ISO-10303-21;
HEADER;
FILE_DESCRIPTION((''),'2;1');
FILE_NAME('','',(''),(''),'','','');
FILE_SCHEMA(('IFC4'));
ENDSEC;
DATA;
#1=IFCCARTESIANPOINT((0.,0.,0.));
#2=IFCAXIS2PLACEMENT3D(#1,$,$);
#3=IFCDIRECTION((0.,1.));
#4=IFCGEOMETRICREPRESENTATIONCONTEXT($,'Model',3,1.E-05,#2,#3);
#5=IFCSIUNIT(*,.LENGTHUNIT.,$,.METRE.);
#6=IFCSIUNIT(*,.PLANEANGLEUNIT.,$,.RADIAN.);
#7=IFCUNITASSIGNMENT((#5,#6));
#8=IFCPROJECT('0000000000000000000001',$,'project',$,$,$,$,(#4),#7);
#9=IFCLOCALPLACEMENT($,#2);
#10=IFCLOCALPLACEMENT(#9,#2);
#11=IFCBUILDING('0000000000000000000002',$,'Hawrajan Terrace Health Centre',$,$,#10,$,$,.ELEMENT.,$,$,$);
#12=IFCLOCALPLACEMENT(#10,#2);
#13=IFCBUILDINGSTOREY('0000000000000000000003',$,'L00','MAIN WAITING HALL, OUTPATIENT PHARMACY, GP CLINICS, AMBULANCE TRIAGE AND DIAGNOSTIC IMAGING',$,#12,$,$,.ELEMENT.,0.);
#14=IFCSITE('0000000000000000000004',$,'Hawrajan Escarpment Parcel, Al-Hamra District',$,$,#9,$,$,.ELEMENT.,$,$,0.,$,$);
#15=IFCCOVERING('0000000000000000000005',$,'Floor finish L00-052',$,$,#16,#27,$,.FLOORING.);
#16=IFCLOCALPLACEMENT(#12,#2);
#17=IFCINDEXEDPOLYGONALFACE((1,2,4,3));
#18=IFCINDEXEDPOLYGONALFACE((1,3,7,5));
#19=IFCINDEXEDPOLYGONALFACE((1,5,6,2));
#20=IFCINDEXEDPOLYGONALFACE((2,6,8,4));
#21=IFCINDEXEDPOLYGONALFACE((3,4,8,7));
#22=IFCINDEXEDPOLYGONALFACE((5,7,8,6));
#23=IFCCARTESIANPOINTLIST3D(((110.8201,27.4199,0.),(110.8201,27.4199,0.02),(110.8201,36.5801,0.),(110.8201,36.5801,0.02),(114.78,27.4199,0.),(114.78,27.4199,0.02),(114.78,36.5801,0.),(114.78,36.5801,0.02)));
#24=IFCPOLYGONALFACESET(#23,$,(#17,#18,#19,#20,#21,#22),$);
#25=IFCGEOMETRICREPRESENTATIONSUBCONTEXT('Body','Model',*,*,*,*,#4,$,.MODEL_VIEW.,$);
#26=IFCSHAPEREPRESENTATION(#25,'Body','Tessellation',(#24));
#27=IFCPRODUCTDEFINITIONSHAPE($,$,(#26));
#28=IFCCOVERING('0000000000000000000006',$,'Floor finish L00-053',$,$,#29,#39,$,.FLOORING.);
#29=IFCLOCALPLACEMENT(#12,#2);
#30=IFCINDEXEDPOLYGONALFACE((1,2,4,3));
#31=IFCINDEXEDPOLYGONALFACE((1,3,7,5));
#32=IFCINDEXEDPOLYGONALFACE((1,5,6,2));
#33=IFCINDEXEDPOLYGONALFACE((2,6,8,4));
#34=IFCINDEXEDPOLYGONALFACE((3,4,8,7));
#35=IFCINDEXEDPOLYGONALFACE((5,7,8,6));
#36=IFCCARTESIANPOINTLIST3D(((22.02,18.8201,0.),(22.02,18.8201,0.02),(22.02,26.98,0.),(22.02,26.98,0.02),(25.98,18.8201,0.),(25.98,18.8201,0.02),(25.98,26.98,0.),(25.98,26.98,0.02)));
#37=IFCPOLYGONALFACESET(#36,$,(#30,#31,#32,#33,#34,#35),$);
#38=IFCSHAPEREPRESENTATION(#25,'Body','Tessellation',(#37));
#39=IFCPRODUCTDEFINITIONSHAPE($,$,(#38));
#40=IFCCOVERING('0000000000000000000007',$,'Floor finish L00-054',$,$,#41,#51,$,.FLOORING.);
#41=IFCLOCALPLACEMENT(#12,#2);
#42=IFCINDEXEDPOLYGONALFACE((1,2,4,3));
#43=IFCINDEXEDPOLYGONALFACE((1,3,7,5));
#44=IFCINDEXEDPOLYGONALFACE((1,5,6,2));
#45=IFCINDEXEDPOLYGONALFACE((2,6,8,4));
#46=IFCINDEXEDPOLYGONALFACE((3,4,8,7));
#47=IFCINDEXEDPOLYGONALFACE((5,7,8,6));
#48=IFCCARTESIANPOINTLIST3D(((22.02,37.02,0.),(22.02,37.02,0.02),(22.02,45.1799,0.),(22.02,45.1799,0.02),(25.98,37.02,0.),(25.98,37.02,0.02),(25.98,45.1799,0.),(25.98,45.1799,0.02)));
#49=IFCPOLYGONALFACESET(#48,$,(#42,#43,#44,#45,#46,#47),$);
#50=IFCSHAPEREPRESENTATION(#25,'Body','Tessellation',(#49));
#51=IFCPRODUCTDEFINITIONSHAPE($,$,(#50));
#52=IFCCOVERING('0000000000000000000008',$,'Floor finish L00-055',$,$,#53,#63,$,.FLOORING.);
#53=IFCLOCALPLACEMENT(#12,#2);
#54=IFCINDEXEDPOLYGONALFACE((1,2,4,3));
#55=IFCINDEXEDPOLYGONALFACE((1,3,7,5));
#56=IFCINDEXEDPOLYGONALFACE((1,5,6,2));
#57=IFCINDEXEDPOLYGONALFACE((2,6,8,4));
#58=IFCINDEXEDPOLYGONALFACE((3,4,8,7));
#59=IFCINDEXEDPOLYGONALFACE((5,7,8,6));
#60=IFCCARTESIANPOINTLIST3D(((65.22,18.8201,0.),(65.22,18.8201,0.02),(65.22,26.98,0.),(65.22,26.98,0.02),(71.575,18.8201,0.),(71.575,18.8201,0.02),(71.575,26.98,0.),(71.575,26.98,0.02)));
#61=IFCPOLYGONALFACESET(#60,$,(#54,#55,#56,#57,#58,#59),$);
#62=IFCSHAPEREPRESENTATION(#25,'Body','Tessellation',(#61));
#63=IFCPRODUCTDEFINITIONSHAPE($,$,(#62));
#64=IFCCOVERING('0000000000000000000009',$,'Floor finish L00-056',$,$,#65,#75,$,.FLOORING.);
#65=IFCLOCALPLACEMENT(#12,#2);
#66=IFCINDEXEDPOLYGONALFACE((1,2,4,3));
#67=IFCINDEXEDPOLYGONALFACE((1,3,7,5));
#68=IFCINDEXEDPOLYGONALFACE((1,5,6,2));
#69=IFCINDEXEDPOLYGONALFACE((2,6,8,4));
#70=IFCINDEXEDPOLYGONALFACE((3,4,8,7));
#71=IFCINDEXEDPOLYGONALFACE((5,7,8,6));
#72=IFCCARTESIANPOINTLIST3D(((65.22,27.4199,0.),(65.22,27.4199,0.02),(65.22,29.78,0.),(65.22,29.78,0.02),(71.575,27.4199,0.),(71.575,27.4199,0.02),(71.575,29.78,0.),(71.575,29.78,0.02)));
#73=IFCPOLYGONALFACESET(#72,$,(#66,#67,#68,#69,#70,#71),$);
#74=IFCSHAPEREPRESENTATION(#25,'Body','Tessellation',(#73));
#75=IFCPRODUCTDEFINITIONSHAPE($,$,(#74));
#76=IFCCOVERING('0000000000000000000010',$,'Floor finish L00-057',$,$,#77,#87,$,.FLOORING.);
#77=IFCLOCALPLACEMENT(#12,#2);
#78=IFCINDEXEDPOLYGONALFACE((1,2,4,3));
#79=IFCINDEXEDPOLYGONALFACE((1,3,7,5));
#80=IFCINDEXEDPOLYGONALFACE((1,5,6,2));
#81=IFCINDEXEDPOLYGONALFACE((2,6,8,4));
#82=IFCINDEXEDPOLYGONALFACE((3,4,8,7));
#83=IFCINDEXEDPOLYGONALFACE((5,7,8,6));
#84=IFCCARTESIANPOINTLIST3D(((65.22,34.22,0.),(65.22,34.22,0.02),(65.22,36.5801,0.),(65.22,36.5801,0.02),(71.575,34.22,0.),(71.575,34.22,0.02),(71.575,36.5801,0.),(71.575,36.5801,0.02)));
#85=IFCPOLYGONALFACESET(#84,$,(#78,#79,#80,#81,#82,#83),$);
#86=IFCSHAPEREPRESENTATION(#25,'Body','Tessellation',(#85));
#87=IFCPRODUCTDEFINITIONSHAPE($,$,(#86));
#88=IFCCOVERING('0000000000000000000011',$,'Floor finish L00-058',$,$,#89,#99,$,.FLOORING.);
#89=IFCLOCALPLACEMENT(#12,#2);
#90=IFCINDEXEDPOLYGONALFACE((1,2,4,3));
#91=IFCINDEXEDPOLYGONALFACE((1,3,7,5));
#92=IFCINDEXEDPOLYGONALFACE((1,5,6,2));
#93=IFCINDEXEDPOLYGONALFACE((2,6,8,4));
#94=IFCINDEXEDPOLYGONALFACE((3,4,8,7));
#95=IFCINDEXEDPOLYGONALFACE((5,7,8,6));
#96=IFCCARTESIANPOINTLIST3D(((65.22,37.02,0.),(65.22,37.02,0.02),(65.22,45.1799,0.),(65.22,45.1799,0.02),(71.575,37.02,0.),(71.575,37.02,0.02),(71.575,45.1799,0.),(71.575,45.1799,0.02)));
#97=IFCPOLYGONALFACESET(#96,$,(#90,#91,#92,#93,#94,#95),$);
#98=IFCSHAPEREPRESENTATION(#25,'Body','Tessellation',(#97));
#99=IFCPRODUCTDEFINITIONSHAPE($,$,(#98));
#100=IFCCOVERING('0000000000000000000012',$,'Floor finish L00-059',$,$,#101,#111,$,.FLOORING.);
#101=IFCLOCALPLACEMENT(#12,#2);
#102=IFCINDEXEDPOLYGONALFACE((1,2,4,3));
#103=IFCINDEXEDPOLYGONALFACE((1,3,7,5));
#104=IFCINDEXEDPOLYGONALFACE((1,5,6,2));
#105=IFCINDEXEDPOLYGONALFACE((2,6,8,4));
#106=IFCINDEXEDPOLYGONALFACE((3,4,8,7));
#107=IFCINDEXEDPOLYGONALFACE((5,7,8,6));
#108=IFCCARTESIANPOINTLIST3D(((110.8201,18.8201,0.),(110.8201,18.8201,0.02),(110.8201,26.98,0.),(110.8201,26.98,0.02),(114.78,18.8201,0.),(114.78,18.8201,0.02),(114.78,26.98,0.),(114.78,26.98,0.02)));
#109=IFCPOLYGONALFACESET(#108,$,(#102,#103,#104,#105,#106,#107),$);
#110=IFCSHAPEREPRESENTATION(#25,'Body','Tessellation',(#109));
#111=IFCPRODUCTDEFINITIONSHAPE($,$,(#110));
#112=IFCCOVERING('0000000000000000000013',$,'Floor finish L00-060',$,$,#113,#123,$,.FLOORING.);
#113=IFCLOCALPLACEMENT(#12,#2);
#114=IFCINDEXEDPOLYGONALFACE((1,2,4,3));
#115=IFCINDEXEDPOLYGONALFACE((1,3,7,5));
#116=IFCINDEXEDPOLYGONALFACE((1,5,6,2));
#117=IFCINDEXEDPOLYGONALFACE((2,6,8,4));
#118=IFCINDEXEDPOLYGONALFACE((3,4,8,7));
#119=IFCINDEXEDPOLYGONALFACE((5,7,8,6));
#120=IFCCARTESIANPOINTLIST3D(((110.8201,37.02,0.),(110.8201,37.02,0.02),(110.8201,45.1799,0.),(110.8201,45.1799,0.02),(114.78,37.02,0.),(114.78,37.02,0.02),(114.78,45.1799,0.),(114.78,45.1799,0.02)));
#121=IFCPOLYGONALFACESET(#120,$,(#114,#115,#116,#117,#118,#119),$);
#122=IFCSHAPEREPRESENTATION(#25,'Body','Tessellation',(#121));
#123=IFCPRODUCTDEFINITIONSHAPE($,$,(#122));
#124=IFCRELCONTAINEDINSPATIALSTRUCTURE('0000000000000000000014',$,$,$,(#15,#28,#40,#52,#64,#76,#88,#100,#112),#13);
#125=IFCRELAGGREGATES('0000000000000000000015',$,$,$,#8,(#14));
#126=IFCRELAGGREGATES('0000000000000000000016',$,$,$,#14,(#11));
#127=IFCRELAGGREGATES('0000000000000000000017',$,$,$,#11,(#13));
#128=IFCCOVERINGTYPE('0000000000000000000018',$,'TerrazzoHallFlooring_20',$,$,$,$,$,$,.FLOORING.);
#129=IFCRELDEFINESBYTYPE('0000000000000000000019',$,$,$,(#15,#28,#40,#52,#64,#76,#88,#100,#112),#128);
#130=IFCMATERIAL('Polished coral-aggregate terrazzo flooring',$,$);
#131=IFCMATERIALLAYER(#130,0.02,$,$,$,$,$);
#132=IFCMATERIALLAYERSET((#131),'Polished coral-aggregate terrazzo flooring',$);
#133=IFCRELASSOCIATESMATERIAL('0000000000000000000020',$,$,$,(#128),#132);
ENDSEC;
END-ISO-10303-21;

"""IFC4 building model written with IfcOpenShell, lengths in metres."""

from ifc_helpers import new_model, si_unit, direction, origin, place, context, subcontext, project, spatial, polyline, outline, extrude, material, layer, layer_set, type_object, element, save


model = new_model("IFC4")

# Units and contexts
model_context = context("Model", 3, precision=1e-05, world=origin(), true_north=direction((0.0, 1.0)))
body_context = subcontext(model_context, "Body", "Model", "MODEL_VIEW")
ifc_project = project(units=[si_unit("LENGTHUNIT", "METRE"), si_unit("PLANEANGLEUNIT", "RADIAN")], contexts=[model_context])

# Site, building, storey
site_placement = place(None, origin())
site = spatial("IfcSite", under=ifc_project, at=site_placement, Name="Hawrajan Escarpment Parcel, Al-Hamra District", CompositionType="ELEMENT", RefElevation=0.0)
building_placement = place(site_placement, origin())
building = spatial("IfcBuilding", under=site, at=building_placement, Name="Hawrajan Terrace Health Centre", CompositionType="ELEMENT")
storey_placement = place(building_placement, origin())
storey = spatial("IfcBuildingStorey", under=building, at=storey_placement, Name="L00", Description="MAIN WAITING HALL, OUTPATIENT PHARMACY, GP CLINICS, AMBULANCE TRIAGE AND DIAGNOSTIC IMAGING", CompositionType="ELEMENT", Elevation=0.0)

# Coverings
ifc_material_1 = material(Name="Polished coral-aggregate terrazzo flooring")
ifc_layer_1 = layer(ifc_material_1, 0.02)
ifc_layer_set_1 = layer_set([ifc_layer_1], Name="Polished coral-aggregate terrazzo flooring")
covering_type_1 = type_object("IfcCoveringType", Name="TerrazzoHallFlooring_20", PredefinedType="FLOORING", material=ifc_layer_set_1)
covering_1_placement = place(storey_placement, origin())
element("IfcCovering", 1, at=covering_1_placement, inside=storey, type_object=covering_type_1, Name="Floor finish L00-052", PredefinedType="FLOORING", context=body_context, shape_type="SweptSolid", body=[
    extrude(outline(polyline([(110.8201, 36.5801), (114.78, 36.5801), (114.78, 27.4199), (110.8201, 27.4199), (110.8201, 36.5801)])), origin(), (0.0, 0.0, 1.0), 0.02),
])
covering_2_placement = place(storey_placement, origin())
element("IfcCovering", 2, at=covering_2_placement, inside=storey, type_object=covering_type_1, Name="Floor finish L00-053", PredefinedType="FLOORING", context=body_context, shape_type="SweptSolid", body=[
    extrude(outline(polyline([(22.02, 26.98), (25.98, 26.98), (25.98, 18.8201), (22.02, 18.8201), (22.02, 26.98)])), origin(), (0.0, 0.0, 1.0), 0.02),
])
covering_3_placement = place(storey_placement, origin())
element("IfcCovering", 3, at=covering_3_placement, inside=storey, type_object=covering_type_1, Name="Floor finish L00-054", PredefinedType="FLOORING", context=body_context, shape_type="SweptSolid", body=[
    extrude(outline(polyline([(22.02, 45.1799), (25.98, 45.1799), (25.98, 37.02), (22.02, 37.02), (22.02, 45.1799)])), origin(), (0.0, 0.0, 1.0), 0.02),
])
covering_4_placement = place(storey_placement, origin())
element("IfcCovering", 4, at=covering_4_placement, inside=storey, type_object=covering_type_1, Name="Floor finish L00-055", PredefinedType="FLOORING", context=body_context, shape_type="SweptSolid", body=[
    extrude(outline(polyline([(65.22, 26.98), (71.575, 26.98), (71.575, 18.8201), (65.22, 18.8201), (65.22, 26.98)])), origin(), (0.0, 0.0, 1.0), 0.02),
])
covering_5_placement = place(storey_placement, origin())
element("IfcCovering", 5, at=covering_5_placement, inside=storey, type_object=covering_type_1, Name="Floor finish L00-056", PredefinedType="FLOORING", context=body_context, shape_type="SweptSolid", body=[
    extrude(outline(polyline([(65.22, 29.78), (71.575, 29.78), (71.575, 27.4199), (65.22, 27.4199), (65.22, 29.78)])), origin(), (0.0, 0.0, 1.0), 0.02),
])
covering_6_placement = place(storey_placement, origin())
element("IfcCovering", 6, at=covering_6_placement, inside=storey, type_object=covering_type_1, Name="Floor finish L00-057", PredefinedType="FLOORING", context=body_context, shape_type="SweptSolid", body=[
    extrude(outline(polyline([(65.22, 36.5801), (71.575, 36.5801), (71.575, 34.22), (65.22, 34.22), (65.22, 36.5801)])), origin(), (0.0, 0.0, 1.0), 0.02),
])
covering_7_placement = place(storey_placement, origin())
element("IfcCovering", 7, at=covering_7_placement, inside=storey, type_object=covering_type_1, Name="Floor finish L00-058", PredefinedType="FLOORING", context=body_context, shape_type="SweptSolid", body=[
    extrude(outline(polyline([(65.22, 45.1799), (71.575, 45.1799), (71.575, 37.02), (65.22, 37.02), (65.22, 45.1799)])), origin(), (0.0, 0.0, 1.0), 0.02),
])
covering_8_placement = place(storey_placement, origin())
element("IfcCovering", 8, at=covering_8_placement, inside=storey, type_object=covering_type_1, Name="Floor finish L00-059", PredefinedType="FLOORING", context=body_context, shape_type="SweptSolid", body=[
    extrude(outline(polyline([(110.8201, 26.98), (114.78, 26.98), (114.78, 18.8201), (110.8201, 18.8201), (110.8201, 26.98)])), origin(), (0.0, 0.0, 1.0), 0.02),
])
covering_9_placement = place(storey_placement, origin())
element("IfcCovering", 9, at=covering_9_placement, inside=storey, type_object=covering_type_1, Name="Floor finish L00-060", PredefinedType="FLOORING", context=body_context, shape_type="SweptSolid", body=[
    extrude(outline(polyline([(110.8201, 45.1799), (114.78, 45.1799), (114.78, 37.02), (110.8201, 37.02), (110.8201, 45.1799)])), origin(), (0.0, 0.0, 1.0), 0.02),
])

save(model, "model.ifc")
